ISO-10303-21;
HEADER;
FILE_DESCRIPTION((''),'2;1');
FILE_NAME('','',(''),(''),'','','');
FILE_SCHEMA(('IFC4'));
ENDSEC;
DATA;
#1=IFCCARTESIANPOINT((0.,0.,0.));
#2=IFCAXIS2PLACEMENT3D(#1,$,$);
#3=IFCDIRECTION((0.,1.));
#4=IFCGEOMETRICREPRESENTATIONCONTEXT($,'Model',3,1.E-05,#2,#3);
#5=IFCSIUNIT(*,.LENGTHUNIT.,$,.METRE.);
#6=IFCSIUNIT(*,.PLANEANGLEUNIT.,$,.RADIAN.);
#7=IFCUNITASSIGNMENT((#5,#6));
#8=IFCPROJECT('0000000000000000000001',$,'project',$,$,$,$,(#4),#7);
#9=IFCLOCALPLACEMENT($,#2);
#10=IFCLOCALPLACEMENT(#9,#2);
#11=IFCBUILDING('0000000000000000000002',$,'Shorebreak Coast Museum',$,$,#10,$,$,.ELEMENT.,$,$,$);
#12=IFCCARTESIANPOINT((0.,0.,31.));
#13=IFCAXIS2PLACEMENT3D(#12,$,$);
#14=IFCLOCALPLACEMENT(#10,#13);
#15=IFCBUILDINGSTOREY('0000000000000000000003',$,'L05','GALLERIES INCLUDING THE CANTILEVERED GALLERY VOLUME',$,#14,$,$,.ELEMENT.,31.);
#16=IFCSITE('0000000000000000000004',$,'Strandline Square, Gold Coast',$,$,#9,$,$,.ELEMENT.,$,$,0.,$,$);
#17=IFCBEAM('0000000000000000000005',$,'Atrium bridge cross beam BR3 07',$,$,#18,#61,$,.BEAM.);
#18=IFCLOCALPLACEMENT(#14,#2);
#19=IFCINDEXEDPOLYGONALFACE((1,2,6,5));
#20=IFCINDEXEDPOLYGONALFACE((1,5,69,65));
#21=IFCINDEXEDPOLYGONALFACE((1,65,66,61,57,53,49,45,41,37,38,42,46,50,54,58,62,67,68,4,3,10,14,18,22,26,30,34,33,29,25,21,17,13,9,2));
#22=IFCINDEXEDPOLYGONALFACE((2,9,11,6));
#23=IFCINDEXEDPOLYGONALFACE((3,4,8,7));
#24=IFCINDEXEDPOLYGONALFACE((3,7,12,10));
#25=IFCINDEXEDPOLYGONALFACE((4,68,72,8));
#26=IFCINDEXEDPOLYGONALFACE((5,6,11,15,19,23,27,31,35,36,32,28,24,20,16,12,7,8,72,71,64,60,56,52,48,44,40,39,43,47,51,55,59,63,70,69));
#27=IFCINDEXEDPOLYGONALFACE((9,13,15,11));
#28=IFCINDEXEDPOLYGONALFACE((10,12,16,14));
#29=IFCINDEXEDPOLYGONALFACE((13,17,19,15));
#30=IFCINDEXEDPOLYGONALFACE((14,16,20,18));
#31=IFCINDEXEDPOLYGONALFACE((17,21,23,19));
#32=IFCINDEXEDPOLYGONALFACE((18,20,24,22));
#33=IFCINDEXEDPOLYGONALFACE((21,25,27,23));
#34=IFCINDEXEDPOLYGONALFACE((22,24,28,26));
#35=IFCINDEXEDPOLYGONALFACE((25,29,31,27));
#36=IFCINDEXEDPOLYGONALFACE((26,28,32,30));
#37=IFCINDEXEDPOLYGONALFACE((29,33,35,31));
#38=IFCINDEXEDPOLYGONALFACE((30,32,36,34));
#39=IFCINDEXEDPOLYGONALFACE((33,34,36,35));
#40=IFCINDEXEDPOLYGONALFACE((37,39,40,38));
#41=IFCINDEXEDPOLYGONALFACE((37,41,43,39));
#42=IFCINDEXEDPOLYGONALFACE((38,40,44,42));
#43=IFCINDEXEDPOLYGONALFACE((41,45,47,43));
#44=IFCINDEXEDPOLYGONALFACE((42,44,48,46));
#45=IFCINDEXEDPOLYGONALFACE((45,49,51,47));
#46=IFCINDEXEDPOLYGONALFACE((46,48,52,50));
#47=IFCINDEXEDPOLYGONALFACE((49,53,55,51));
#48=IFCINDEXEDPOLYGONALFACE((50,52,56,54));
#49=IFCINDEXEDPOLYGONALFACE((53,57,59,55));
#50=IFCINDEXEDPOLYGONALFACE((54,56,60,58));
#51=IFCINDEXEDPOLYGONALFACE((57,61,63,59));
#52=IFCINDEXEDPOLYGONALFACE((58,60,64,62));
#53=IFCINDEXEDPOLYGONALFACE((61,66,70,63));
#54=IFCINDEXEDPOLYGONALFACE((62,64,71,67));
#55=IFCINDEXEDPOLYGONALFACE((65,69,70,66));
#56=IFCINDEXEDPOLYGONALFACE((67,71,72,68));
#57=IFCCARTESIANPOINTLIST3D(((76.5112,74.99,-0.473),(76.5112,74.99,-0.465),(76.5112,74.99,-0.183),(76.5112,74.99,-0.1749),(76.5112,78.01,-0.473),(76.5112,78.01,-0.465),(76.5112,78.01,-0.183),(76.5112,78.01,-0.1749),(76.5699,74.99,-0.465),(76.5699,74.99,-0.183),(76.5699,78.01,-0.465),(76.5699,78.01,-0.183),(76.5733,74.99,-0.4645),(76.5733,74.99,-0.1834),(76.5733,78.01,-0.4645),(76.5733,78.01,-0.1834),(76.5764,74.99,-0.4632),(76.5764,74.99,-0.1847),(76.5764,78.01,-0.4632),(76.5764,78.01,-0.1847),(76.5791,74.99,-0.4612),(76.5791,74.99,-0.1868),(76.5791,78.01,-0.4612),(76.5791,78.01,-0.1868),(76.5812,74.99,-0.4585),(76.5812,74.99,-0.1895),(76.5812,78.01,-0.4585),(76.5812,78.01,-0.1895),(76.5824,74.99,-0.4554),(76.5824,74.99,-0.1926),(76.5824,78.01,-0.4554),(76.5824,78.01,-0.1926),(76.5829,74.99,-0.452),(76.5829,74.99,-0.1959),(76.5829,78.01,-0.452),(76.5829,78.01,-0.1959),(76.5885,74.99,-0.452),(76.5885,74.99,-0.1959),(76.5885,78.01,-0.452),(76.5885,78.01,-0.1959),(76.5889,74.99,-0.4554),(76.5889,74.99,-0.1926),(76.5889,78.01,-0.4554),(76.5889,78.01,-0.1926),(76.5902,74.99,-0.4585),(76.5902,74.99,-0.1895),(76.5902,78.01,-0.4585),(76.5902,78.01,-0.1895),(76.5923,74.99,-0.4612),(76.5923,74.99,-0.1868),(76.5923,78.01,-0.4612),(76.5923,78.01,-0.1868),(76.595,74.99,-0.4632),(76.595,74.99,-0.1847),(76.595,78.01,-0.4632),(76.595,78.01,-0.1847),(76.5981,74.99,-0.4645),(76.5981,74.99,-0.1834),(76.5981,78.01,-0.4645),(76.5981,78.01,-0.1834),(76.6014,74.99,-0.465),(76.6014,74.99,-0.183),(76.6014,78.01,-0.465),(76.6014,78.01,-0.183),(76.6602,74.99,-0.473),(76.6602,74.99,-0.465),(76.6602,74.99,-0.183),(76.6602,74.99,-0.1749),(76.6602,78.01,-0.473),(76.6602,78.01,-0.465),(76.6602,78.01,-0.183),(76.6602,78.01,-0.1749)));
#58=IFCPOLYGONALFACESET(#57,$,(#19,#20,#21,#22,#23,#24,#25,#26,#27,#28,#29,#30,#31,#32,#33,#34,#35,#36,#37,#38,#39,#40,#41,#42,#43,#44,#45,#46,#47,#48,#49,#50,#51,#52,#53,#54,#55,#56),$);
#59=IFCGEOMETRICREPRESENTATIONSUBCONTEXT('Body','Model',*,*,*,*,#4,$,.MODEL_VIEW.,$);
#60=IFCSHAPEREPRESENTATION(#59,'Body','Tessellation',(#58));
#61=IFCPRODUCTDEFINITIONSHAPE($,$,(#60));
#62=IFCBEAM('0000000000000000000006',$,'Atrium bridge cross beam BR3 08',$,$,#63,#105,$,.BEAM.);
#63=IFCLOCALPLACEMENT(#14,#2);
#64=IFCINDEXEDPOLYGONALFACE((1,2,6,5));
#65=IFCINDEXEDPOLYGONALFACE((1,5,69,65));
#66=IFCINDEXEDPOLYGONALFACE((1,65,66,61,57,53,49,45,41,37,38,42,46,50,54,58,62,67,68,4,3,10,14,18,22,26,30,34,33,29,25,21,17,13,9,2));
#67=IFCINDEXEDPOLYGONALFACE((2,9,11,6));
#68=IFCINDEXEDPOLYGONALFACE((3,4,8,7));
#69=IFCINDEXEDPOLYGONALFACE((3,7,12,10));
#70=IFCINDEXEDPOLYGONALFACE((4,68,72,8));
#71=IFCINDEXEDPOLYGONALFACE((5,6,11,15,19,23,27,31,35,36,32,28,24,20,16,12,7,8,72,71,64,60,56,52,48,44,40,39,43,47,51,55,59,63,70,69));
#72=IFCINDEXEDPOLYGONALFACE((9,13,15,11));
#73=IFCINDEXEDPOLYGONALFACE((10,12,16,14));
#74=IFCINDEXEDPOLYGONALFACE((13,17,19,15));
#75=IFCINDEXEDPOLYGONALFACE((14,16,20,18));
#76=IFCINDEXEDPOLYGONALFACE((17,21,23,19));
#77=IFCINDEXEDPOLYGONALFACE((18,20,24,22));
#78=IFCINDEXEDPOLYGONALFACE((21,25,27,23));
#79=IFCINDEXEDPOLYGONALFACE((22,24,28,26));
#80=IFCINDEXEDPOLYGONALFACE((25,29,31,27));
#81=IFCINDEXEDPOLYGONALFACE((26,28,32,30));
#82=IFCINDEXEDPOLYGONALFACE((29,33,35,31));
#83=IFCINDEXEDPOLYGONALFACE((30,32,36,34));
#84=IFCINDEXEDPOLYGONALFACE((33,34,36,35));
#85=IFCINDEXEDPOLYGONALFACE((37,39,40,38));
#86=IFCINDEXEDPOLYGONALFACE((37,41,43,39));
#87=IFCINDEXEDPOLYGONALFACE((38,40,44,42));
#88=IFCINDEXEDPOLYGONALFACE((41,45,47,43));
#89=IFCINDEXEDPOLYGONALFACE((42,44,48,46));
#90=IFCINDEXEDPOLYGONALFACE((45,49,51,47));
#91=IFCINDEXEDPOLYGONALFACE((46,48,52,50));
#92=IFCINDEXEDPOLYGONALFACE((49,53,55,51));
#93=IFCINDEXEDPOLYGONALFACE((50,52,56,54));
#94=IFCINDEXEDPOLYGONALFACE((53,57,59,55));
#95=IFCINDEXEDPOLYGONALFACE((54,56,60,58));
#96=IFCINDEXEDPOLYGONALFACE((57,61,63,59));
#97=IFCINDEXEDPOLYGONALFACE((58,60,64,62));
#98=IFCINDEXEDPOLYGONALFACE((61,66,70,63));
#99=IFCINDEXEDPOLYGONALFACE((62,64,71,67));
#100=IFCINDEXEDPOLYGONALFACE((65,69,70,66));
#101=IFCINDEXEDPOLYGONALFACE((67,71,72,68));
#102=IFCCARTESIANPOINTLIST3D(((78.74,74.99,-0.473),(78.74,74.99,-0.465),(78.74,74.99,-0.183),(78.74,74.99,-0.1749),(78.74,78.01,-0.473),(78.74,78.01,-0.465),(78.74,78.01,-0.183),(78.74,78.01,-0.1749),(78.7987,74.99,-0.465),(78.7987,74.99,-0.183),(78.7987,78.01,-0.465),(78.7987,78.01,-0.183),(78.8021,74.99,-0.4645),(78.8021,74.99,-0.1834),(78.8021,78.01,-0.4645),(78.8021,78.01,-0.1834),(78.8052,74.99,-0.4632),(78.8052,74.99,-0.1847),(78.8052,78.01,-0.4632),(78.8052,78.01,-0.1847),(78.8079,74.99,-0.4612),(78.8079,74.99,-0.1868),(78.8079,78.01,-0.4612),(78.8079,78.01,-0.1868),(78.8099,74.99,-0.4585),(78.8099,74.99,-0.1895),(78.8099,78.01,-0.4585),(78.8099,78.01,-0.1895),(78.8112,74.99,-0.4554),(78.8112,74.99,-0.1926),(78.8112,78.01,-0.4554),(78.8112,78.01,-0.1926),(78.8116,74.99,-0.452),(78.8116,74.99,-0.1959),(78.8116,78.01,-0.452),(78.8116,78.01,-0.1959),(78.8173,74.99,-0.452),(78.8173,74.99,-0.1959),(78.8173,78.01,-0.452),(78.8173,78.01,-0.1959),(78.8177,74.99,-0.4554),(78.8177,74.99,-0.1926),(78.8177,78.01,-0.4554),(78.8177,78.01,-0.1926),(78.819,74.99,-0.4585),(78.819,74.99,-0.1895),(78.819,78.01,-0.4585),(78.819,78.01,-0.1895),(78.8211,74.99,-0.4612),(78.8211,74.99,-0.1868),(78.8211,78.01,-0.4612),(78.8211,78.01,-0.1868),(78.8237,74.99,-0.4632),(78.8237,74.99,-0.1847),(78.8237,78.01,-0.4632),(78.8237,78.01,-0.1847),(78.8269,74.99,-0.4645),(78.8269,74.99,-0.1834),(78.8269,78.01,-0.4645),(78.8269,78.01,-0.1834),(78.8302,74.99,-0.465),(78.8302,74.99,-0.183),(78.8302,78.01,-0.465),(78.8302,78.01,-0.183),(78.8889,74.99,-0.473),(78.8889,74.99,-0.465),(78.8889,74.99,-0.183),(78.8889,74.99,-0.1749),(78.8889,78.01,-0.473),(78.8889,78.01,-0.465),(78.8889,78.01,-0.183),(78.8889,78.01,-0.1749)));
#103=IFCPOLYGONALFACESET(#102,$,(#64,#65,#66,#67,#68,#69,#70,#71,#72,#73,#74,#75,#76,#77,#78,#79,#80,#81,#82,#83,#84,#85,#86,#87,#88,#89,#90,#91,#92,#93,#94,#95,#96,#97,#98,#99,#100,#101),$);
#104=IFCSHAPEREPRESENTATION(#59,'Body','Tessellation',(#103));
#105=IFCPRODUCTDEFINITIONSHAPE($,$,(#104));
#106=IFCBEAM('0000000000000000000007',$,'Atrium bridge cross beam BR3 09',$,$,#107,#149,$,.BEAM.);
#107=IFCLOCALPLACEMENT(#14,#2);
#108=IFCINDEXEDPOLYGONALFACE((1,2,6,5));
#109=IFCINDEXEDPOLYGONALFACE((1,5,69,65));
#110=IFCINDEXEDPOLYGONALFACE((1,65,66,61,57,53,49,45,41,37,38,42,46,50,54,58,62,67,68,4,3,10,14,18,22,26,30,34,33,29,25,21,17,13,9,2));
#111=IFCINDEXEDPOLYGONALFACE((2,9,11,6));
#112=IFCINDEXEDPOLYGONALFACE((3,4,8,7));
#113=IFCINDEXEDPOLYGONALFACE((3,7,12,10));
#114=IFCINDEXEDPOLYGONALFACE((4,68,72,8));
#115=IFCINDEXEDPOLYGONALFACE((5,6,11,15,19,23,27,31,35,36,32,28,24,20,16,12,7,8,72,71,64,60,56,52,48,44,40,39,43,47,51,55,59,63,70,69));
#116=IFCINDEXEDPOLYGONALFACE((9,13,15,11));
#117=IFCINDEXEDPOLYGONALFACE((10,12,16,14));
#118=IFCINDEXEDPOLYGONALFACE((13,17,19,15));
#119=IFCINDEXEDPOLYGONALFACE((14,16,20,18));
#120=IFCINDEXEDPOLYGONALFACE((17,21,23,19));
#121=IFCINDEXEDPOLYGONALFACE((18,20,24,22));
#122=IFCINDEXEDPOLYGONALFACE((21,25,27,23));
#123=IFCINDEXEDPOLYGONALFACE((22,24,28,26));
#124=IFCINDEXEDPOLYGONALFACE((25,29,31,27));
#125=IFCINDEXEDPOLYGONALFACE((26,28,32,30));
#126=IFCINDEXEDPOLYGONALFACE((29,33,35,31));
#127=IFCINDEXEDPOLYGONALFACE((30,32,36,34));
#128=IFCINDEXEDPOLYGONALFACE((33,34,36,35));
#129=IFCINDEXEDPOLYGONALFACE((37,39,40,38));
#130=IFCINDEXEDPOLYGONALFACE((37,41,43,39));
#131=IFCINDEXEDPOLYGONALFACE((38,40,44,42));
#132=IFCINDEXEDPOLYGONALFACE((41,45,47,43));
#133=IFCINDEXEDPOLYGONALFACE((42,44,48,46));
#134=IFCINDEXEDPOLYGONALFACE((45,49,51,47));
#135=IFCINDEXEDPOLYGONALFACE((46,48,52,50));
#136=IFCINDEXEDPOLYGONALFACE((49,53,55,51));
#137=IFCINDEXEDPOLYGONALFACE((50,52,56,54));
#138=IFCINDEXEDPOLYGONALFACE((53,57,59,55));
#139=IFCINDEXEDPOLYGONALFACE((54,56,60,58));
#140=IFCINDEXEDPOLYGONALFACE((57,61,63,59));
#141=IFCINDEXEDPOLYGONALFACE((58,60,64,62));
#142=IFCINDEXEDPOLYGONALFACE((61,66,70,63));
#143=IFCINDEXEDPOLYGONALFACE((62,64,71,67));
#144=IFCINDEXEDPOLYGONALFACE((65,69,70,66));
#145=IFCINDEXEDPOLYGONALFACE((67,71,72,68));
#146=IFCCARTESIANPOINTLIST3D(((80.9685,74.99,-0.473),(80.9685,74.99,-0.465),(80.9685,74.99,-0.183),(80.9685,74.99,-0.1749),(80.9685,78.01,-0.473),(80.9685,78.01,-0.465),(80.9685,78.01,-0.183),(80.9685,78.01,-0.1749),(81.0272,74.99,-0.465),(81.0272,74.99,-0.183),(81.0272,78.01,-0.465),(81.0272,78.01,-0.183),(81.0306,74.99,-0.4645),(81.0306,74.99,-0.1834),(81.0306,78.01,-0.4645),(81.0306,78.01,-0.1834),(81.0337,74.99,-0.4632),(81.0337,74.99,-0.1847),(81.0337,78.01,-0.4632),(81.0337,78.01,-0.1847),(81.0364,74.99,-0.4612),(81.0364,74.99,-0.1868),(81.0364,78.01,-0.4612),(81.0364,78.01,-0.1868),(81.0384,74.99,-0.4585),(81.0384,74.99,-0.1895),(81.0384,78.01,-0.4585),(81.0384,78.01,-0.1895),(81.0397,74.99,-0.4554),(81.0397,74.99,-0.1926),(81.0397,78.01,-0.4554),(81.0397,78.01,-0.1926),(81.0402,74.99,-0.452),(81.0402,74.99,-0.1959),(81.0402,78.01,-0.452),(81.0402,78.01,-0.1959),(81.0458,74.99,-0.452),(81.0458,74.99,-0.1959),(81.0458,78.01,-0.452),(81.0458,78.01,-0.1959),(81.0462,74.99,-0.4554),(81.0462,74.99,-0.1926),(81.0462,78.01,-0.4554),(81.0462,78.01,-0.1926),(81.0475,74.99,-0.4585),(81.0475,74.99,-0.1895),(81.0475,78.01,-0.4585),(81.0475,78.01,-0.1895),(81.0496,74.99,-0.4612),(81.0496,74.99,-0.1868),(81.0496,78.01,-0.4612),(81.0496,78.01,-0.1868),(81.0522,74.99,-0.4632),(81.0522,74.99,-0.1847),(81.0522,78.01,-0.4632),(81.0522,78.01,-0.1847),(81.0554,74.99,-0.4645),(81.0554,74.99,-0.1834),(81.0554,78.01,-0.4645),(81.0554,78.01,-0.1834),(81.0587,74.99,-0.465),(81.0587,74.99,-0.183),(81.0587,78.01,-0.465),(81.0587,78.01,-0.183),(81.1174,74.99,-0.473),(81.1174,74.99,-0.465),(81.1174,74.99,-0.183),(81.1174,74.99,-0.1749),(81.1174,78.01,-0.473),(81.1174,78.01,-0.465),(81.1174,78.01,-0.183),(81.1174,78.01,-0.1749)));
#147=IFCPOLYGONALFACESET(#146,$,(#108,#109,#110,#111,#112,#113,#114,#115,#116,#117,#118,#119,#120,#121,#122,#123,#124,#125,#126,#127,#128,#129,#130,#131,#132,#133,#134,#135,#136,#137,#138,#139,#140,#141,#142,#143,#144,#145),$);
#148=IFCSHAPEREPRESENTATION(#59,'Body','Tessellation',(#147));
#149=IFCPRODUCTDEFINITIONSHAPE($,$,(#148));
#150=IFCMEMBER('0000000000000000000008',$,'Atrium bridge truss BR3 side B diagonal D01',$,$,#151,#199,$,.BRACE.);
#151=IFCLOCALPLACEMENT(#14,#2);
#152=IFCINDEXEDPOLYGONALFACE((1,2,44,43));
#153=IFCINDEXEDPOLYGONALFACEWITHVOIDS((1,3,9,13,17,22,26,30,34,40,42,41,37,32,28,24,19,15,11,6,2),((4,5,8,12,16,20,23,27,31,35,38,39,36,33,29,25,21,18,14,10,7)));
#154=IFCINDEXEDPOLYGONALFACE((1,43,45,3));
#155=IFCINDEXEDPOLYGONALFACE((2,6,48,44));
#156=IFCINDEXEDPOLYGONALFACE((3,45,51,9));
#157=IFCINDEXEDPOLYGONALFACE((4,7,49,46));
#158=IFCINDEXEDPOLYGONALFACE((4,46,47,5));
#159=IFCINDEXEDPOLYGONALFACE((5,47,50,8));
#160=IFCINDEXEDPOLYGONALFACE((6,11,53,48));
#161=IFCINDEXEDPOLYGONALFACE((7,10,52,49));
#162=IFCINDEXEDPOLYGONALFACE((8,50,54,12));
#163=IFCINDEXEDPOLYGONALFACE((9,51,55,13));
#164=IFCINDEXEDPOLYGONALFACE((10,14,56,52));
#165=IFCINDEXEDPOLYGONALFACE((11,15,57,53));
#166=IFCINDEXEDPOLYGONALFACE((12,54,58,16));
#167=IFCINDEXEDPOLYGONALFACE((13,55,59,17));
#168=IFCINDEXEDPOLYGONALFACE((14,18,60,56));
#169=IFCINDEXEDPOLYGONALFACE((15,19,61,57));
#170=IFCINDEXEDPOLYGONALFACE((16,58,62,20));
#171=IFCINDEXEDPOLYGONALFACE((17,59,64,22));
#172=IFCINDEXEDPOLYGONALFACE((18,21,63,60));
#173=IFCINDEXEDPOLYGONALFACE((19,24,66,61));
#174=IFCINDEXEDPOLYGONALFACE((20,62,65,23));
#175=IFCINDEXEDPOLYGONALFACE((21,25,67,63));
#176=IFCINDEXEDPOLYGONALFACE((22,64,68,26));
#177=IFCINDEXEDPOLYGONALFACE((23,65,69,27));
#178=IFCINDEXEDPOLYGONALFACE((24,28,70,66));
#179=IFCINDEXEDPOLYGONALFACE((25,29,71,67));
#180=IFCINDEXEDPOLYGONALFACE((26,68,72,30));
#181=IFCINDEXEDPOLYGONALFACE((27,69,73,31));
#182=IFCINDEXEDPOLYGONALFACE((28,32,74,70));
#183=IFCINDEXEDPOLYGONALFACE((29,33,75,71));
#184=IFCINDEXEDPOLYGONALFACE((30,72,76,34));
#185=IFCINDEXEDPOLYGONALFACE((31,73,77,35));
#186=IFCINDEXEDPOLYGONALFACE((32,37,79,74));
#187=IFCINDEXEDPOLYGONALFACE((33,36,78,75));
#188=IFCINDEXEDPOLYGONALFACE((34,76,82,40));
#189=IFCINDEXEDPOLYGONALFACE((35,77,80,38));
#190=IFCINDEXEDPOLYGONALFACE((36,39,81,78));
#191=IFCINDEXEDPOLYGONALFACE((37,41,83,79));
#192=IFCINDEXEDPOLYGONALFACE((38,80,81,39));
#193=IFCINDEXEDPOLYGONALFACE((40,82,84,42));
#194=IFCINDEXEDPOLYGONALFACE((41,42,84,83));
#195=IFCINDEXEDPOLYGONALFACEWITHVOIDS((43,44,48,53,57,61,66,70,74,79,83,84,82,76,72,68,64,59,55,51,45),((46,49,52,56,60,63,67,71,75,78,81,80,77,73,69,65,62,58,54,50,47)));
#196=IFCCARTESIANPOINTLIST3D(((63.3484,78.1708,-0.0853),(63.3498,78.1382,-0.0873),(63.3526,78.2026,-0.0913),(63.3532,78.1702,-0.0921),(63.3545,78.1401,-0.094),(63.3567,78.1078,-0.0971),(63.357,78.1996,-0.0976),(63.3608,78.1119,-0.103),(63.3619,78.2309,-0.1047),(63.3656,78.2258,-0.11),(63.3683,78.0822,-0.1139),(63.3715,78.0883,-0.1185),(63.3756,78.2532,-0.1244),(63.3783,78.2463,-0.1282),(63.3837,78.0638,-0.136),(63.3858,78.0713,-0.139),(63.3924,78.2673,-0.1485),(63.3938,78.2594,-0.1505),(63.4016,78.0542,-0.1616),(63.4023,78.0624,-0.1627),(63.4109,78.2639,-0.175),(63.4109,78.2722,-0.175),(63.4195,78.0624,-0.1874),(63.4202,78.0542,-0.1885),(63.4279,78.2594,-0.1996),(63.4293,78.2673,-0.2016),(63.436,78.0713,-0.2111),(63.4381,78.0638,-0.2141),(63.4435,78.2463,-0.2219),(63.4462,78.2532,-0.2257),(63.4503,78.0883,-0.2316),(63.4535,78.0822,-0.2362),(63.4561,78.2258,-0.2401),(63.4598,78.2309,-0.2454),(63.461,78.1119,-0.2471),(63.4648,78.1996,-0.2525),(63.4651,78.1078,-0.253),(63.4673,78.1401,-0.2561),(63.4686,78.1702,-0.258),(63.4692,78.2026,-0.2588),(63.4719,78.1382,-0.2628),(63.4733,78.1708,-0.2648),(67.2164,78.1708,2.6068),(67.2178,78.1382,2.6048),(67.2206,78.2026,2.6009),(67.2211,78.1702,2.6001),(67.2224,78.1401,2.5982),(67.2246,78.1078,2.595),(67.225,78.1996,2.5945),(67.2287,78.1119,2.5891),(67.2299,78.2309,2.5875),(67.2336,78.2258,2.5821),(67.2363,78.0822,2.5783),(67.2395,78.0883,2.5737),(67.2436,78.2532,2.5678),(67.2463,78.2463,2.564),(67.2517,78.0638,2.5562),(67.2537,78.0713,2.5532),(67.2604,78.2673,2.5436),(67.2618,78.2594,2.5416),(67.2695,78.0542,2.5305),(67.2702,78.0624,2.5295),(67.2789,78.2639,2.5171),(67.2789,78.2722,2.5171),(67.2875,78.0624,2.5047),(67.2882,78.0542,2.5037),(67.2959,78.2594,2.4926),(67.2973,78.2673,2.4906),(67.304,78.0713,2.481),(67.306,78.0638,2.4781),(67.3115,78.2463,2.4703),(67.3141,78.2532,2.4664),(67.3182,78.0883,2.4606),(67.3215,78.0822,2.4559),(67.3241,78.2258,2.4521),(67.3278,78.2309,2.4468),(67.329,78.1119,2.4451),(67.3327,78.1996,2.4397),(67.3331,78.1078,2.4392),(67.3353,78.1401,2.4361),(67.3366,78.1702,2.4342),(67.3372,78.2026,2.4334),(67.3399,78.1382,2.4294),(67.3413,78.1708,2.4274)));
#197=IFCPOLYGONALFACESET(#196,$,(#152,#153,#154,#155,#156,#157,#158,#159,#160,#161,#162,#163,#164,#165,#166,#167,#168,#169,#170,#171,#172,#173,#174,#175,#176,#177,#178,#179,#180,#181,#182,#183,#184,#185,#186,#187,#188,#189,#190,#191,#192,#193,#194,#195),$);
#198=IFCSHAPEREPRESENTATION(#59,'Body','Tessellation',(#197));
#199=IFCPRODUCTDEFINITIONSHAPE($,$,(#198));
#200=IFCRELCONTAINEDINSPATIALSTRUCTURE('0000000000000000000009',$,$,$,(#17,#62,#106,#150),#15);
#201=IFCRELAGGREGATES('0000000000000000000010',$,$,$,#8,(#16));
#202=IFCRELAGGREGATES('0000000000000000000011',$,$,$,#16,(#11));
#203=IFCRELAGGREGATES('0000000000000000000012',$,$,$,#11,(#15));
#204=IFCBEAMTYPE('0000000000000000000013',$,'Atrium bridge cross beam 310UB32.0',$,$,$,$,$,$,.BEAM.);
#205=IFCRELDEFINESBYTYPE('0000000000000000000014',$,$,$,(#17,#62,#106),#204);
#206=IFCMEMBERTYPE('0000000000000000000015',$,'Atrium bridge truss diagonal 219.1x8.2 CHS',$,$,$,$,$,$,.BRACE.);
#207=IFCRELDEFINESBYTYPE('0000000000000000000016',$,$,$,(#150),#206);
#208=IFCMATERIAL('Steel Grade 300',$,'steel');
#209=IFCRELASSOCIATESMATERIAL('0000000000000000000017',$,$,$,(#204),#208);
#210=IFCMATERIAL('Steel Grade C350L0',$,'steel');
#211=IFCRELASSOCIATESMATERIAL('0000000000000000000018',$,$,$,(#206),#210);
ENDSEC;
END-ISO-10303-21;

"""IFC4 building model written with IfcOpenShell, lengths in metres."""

from ifc_helpers import new_model, si_unit, direction, frame, origin, origin_2d, place, context, subcontext, project, spatial, hollow_circle, i_section, extrude, material, material_profile, profile_set, type_object, element, save


model = new_model("IFC4")

# Units and contexts
model_context = context("Model", 3, precision=1e-05, world=origin(), true_north=direction((0.0, 1.0)))
body_context = subcontext(model_context, "Body", "Model", "MODEL_VIEW")
ifc_project = project(units=[si_unit("LENGTHUNIT", "METRE"), si_unit("PLANEANGLEUNIT", "RADIAN")], contexts=[model_context])

# Site, building, storey
site_placement = place(None, origin())
site = spatial("IfcSite", under=ifc_project, at=site_placement, Name="Strandline Square, Gold Coast", CompositionType="ELEMENT", RefElevation=0.0)
building_placement = place(site_placement, origin())
building = spatial("IfcBuilding", under=site, at=building_placement, Name="Shorebreak Coast Museum", CompositionType="ELEMENT")
storey_placement = place(building_placement, frame((0.0, 0.0, 31.0)))
storey = spatial("IfcBuildingStorey", under=building, at=storey_placement, Name="L05", Description="GALLERIES INCLUDING THE CANTILEVERED GALLERY VOLUME", CompositionType="ELEMENT", Elevation=31.0)

# Beams
ifc_material_1 = material(Name="Steel Grade 300", Category="steel")
ifc_material_profile_1 = material_profile(ifc_material_1, i_section(OverallWidth=0.1489, OverallDepth=0.2981, WebThickness=0.0056, FlangeThickness=0.0081, FilletRadius=0.0129, at=origin_2d()), Name="310UB32.0")
ifc_profile_set_1 = profile_set([ifc_material_profile_1], Name="Steel Grade 300")
beam_type_1 = type_object("IfcBeamType", Name="Atrium bridge cross beam 310UB32.0", PredefinedType="BEAM", material=ifc_profile_set_1)
for number, where, z_axis, x_axis, name in (
    (1, (76.5857, 74.99, -0.324), (0.0, 1.0, 0.0), (-1.0, 0.0, 0.0), "Atrium bridge cross beam BR3 07"),
    (2, (78.8145, 74.99, -0.324), (0.0, 1.0, 0.0), (-1.0, 0.0, 0.0), "Atrium bridge cross beam BR3 08"),
    (3, (81.043, 74.99, -0.324), (0.0, 1.0, 0.0), (-1.0, 0.0, 0.0), "Atrium bridge cross beam BR3 09"),
):
    element("IfcBeam", number, at=place(storey_placement, frame(where, z_axis=z_axis, x_axis=x_axis)), inside=storey, type_object=beam_type_1, Name=name, PredefinedType="BEAM", context=body_context, shape_type="SweptSolid", body=[
        extrude(i_section(OverallWidth=0.1489, OverallDepth=0.2981, WebThickness=0.0056, FlangeThickness=0.0081, FilletRadius=0.0129, at=origin_2d()), origin(), (0.0, 0.0, 1.0), 3.02),
    ])

# Member
ifc_material_2 = material(Name="Steel Grade C350L0", Category="steel")
ifc_material_profile_2 = material_profile(ifc_material_2, hollow_circle(Radius=0.1096, WallThickness=0.0083, at=origin_2d()), Name="219.1x8.2 CHS")
ifc_profile_set_2 = profile_set([ifc_material_profile_2], Name="Steel Grade C350L0")
member_type_1 = type_object("IfcMemberType", Name="Atrium bridge truss diagonal 219.1x8.2 CHS", PredefinedType="BRACE", material=ifc_profile_set_2)
member_1_placement = place(storey_placement, frame((63.4109, 78.1626, -0.175), z_axis=(0.820765, 0.0, 0.571266), x_axis=(0.0, 1.0, 0.0)))
element("IfcMember", 4, at=member_1_placement, inside=storey, type_object=member_type_1, Name="Atrium bridge truss BR3 side B diagonal D01", PredefinedType="BRACE", context=body_context, shape_type="SweptSolid", body=[
    extrude(hollow_circle(Radius=0.1096, WallThickness=0.0083, at=origin_2d()), origin(), (0.0, 0.0, 1.0), 4.7126),
])

save(model, "model.ifc")
